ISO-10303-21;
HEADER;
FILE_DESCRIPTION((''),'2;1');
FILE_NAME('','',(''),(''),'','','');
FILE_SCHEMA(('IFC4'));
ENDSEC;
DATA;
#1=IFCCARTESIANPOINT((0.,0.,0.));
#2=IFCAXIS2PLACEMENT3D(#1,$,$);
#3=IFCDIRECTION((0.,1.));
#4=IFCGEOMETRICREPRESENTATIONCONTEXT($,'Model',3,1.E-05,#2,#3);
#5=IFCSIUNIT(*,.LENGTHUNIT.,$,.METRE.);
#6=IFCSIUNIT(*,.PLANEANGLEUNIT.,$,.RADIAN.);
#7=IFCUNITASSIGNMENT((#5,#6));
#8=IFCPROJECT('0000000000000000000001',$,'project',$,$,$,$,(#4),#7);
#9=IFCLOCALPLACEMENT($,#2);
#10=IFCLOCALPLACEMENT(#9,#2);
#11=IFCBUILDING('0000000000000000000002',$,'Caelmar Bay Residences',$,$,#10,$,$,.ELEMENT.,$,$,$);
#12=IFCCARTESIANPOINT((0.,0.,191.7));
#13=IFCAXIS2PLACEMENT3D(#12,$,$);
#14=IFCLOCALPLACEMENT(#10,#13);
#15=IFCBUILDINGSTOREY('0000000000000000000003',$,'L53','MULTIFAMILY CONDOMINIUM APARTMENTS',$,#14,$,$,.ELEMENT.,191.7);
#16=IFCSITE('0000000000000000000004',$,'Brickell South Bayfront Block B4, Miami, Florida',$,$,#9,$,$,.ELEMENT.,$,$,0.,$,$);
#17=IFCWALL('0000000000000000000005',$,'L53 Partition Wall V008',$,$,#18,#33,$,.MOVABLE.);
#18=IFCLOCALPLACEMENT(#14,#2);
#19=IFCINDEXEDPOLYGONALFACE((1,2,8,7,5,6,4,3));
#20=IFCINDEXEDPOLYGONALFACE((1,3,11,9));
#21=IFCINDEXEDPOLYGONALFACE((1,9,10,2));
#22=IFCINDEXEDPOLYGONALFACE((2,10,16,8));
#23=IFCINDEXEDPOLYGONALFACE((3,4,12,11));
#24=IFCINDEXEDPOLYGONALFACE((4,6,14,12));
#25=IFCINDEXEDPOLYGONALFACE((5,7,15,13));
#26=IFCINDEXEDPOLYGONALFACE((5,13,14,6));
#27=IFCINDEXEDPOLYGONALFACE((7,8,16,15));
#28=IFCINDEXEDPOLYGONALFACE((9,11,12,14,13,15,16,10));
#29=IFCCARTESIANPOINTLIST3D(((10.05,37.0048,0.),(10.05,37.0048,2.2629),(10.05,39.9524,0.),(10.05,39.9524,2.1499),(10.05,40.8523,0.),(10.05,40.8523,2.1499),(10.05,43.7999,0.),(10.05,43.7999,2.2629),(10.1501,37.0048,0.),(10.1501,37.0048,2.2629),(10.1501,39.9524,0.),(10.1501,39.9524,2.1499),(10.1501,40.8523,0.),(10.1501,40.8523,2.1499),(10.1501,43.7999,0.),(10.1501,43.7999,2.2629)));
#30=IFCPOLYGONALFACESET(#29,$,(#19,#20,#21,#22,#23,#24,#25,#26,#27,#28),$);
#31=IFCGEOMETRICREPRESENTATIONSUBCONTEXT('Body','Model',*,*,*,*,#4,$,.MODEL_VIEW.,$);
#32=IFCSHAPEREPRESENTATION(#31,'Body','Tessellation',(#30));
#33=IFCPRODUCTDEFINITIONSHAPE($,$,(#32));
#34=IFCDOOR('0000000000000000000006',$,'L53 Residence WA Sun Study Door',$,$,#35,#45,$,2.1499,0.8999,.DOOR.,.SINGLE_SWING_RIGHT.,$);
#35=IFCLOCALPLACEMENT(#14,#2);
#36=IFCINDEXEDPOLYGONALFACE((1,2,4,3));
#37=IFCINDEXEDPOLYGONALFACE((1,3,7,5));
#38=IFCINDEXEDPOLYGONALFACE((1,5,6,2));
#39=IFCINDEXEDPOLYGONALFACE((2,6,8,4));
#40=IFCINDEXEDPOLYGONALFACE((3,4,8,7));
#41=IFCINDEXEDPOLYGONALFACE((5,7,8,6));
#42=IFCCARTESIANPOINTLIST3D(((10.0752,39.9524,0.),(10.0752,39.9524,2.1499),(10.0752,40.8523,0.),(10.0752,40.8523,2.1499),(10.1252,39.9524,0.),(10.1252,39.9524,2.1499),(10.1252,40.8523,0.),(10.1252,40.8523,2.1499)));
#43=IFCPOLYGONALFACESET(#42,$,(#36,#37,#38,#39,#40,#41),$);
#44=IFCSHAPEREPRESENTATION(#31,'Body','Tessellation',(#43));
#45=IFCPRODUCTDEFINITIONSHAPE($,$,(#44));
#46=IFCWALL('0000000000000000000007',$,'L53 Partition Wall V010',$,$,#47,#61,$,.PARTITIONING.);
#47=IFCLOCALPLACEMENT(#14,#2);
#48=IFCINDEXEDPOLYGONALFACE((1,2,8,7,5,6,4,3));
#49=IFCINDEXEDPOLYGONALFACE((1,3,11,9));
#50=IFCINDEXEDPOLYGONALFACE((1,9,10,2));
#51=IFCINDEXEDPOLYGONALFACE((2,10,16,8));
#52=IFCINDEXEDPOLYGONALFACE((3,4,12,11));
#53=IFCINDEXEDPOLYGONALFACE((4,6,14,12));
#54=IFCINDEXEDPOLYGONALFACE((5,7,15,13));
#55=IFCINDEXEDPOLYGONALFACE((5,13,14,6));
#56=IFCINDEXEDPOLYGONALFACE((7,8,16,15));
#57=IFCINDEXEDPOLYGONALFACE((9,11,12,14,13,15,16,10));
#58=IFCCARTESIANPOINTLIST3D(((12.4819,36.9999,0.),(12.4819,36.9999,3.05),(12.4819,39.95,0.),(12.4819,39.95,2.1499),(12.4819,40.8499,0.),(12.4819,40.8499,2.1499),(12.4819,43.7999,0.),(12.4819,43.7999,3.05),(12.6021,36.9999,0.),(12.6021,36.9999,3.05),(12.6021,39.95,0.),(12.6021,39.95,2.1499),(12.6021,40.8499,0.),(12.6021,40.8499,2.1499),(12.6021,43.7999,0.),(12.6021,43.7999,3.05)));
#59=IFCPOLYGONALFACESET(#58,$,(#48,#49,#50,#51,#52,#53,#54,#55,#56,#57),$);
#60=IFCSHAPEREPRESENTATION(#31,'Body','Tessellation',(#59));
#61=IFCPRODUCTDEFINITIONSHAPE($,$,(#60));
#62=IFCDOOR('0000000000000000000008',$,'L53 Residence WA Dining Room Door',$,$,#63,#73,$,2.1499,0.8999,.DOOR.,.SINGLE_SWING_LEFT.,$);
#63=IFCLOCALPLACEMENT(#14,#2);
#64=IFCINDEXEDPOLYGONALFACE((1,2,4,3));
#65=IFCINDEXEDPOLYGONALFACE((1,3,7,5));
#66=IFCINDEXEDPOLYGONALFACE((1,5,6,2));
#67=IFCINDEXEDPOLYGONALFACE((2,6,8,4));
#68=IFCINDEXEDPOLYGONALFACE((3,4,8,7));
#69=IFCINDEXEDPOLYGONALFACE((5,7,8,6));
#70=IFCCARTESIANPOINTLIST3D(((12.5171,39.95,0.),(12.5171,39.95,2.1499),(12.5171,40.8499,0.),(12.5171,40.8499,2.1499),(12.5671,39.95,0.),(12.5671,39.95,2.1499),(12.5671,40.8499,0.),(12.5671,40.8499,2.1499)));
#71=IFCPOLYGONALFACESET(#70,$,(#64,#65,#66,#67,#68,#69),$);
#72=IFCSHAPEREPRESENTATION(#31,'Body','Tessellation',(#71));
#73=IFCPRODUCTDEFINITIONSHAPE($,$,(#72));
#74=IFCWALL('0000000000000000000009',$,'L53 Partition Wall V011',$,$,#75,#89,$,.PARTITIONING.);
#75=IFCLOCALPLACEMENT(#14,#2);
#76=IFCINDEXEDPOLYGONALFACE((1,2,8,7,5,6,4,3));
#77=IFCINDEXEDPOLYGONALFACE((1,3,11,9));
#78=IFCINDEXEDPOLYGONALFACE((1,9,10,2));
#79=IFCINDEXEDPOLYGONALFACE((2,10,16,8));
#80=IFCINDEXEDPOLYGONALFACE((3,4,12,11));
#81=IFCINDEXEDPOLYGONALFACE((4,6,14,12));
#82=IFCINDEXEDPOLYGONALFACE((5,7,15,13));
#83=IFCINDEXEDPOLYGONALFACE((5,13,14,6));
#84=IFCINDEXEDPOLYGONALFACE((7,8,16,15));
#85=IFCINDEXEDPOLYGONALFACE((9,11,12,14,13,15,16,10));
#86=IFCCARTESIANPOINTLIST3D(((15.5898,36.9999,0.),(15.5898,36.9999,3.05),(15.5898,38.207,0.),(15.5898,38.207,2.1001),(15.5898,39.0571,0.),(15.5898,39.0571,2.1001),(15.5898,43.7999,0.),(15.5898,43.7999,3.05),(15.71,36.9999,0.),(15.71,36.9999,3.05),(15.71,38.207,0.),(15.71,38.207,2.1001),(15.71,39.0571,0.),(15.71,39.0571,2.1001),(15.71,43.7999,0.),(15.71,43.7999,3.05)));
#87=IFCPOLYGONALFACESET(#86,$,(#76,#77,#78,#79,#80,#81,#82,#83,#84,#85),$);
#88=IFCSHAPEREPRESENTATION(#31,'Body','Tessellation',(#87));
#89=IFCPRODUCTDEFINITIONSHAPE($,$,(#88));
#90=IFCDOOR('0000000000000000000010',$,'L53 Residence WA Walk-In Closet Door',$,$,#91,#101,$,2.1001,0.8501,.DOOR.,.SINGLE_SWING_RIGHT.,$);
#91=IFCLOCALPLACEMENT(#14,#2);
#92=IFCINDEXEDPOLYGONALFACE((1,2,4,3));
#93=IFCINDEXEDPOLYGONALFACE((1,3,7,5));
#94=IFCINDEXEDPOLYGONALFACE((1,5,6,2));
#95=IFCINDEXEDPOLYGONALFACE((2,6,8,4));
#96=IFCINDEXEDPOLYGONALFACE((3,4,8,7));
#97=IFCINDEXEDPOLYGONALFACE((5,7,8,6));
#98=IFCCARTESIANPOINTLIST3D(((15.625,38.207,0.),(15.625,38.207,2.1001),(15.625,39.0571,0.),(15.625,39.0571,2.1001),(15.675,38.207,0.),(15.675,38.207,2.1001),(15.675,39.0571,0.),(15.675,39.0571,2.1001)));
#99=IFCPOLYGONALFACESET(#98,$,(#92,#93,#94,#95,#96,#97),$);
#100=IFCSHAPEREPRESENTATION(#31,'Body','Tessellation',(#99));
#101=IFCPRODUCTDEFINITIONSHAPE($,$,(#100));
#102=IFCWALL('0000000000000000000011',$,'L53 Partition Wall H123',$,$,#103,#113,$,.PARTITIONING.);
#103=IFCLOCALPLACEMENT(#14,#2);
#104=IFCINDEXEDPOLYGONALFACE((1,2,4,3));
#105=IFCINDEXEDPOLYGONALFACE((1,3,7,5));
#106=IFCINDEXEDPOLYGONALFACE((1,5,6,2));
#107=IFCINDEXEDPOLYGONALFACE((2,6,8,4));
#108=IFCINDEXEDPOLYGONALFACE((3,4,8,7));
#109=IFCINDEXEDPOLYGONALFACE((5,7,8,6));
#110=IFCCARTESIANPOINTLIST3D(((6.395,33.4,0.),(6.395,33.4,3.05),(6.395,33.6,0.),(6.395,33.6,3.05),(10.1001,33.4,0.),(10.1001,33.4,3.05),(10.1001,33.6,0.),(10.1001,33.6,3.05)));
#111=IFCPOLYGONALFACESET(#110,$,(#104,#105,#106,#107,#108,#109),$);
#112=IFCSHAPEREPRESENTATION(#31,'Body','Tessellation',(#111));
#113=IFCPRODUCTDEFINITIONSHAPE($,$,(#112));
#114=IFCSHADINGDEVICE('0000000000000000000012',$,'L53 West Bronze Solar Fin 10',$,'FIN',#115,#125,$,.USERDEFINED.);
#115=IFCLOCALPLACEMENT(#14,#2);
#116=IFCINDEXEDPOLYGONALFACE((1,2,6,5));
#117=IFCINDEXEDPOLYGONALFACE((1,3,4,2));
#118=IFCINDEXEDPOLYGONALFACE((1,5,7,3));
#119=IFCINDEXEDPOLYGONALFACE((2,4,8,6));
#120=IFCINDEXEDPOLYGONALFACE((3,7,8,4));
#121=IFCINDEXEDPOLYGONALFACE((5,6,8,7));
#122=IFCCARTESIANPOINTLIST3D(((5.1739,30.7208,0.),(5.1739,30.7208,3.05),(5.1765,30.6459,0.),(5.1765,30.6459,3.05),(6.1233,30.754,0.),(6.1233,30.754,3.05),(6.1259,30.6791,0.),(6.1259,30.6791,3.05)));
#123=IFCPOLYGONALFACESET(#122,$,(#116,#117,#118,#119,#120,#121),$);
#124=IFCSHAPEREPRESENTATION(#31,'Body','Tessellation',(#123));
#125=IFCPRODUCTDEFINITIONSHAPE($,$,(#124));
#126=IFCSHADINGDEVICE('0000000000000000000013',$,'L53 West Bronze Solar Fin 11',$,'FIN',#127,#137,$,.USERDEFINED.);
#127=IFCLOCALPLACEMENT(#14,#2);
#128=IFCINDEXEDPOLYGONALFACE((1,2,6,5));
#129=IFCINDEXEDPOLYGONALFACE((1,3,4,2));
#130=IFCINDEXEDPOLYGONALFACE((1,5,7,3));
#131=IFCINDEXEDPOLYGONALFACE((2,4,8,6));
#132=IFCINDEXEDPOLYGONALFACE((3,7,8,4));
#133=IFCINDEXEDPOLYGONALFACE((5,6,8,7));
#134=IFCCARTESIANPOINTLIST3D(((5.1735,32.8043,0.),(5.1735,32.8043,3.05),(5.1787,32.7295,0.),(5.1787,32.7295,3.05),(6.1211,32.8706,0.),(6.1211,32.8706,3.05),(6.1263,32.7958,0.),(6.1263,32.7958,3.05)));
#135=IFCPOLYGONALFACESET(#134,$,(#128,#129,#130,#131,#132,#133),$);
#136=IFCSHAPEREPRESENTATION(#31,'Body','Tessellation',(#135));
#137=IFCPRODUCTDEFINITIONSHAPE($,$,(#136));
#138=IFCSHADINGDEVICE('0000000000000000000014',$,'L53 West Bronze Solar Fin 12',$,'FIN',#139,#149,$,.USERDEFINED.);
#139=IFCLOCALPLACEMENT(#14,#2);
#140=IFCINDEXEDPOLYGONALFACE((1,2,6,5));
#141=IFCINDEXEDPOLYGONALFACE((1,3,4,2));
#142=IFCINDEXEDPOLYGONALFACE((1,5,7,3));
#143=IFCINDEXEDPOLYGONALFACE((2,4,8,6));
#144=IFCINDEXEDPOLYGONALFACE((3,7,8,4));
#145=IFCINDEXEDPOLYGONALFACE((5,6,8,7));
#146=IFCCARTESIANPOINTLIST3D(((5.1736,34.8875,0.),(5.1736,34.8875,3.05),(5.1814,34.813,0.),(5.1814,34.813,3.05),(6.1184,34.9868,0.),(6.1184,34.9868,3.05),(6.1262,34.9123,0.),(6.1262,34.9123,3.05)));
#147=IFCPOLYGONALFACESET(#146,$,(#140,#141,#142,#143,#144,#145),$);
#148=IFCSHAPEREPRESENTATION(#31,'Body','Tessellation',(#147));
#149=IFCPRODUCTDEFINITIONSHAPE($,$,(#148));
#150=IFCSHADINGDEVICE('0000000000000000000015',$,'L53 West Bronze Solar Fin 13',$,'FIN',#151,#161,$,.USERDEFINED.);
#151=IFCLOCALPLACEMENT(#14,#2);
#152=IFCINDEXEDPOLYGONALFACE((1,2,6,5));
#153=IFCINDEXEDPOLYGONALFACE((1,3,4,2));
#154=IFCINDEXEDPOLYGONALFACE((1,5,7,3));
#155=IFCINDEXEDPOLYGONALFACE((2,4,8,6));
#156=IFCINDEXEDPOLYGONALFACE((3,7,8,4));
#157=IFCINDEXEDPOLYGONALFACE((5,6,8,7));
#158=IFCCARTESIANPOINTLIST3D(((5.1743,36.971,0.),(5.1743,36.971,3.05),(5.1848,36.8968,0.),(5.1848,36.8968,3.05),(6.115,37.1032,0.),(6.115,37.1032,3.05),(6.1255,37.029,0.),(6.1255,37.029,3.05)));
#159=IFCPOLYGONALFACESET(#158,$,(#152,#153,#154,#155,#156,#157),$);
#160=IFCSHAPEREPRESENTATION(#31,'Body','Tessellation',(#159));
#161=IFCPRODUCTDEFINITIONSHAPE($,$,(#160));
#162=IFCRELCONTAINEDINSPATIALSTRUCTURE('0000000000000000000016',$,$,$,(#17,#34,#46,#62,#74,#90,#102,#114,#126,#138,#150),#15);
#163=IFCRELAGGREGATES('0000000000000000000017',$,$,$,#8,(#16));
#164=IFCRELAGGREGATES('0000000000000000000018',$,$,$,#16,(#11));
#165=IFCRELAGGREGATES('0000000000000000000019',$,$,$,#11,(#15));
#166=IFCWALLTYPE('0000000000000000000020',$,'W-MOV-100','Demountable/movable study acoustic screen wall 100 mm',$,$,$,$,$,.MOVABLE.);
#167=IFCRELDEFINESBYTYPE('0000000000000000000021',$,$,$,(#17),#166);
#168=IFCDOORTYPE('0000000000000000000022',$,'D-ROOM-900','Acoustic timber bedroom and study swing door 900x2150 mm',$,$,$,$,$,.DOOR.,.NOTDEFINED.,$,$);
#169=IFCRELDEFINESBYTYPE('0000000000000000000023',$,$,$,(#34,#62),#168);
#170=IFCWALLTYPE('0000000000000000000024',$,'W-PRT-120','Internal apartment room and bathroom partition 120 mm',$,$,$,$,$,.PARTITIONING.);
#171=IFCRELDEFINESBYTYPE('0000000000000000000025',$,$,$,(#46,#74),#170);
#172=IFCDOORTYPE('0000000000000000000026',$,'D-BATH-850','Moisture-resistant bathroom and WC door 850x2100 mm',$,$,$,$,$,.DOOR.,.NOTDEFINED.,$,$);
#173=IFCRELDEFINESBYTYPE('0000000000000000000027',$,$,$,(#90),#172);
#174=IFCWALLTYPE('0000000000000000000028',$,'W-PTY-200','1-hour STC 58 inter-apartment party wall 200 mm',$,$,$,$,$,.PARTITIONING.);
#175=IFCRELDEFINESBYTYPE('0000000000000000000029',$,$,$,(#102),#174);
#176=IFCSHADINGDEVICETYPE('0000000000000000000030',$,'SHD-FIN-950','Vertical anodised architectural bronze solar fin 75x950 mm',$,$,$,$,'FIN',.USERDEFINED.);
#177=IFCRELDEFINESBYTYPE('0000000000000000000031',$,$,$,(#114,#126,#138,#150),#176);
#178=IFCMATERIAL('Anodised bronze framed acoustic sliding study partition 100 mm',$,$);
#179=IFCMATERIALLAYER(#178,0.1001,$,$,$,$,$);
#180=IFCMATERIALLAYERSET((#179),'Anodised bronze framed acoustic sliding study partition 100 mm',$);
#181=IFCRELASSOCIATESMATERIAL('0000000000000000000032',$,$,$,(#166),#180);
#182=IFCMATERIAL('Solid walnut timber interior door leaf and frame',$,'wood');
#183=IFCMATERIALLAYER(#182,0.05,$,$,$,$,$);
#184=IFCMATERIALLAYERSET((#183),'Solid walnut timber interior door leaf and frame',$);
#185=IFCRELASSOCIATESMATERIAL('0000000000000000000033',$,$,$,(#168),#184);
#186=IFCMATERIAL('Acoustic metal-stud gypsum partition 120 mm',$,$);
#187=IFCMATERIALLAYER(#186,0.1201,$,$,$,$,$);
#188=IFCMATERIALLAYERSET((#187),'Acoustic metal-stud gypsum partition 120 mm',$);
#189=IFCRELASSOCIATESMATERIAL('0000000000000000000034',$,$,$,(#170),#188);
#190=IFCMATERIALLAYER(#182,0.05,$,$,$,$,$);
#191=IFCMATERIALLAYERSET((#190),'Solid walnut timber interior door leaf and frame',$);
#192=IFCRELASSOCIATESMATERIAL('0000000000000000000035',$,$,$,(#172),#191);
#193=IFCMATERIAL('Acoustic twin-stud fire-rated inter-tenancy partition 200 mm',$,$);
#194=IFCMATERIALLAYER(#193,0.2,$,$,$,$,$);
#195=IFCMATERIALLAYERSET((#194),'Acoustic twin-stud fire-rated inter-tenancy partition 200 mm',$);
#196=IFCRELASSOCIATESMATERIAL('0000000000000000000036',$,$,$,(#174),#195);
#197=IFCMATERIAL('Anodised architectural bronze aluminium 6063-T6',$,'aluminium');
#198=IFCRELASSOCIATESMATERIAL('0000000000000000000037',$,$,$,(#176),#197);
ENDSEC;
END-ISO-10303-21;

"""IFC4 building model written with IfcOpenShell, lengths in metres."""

from ifc_helpers import new_model, si_unit, direction, frame, frame_2d, origin, origin_2d, place, context, subcontext, project, spatial, rectangle, extrude, material, layer, layer_set, material_profile, profile_set, type_object, element, fill, save


model = new_model("IFC4")

# Units and contexts
model_context = context("Model", 3, precision=1e-05, world=origin(), true_north=direction((0.0, 1.0)))
body_context = subcontext(model_context, "Body", "Model", "MODEL_VIEW")
ifc_project = project(units=[si_unit("LENGTHUNIT", "METRE"), si_unit("PLANEANGLEUNIT", "RADIAN")], contexts=[model_context])

# Site, building, storey
site_placement = place(None, origin())
site = spatial("IfcSite", under=ifc_project, at=site_placement, Name="Brickell South Bayfront Block B4, Miami, Florida", CompositionType="ELEMENT", RefElevation=0.0)
building_placement = place(site_placement, origin())
building = spatial("IfcBuilding", under=site, at=building_placement, Name="Caelmar Bay Residences", CompositionType="ELEMENT")
storey_placement = place(building_placement, frame((0.0, 0.0, 191.7)))
storey = spatial("IfcBuildingStorey", under=building, at=storey_placement, Name="L53", Description="MULTIFAMILY CONDOMINIUM APARTMENTS", CompositionType="ELEMENT", Elevation=191.7)

# Walls, openings, doors
ifc_material_1 = material(Name="Anodised bronze framed acoustic sliding study partition 100 mm")
ifc_layer_1 = layer(ifc_material_1, 0.1001)
ifc_layer_set_1 = layer_set([ifc_layer_1], Name="Anodised bronze framed acoustic sliding study partition 100 mm")
wall_type_1 = type_object("IfcWallType", Name="W-MOV-100", Description="Demountable/movable study acoustic screen wall 100 mm", PredefinedType="MOVABLE", material=ifc_layer_set_1)
wall_1_placement = place(storey_placement, frame((10.1001, 37.0049, 0.0), z_axis=(0.0, 0.0, 1.0), x_axis=(0.0, 1.0, 0.0)))
wall_1 = element("IfcWall", 1, at=wall_1_placement, inside=storey, type_object=wall_type_1, Name="L53 Partition Wall V008", PredefinedType="MOVABLE", context=body_context, shape_type="SweptSolid", body=[
    extrude(rectangle(XDim=6.7952, YDim=0.1001, at=frame_2d((3.3975, 0.0))), origin(), (0.0, 0.0, 1.0), 2.2629),
])
opening_1_placement = place(wall_1_placement, frame((2.9475, 0.0, 0.0)))
opening_1 = element("IfcOpeningElement", 2, at=opening_1_placement, cuts=wall_1, PredefinedType="OPENING", context=body_context, shape_type="SweptSolid", body=[
    extrude(rectangle(XDim=0.8999, YDim=2.1499, at=frame_2d((0.45, 1.075))), frame((0.0, 0.0601, 0.0), z_axis=(0.0, -1.0, 0.0), x_axis=(1.0, 0.0, 0.0)), (0.0, 0.0, 1.0), 0.1201),
])
ifc_material_2 = material(Name="Solid walnut timber interior door leaf and frame", Category="wood")
ifc_layer_2 = layer(ifc_material_2, 0.05)
ifc_layer_set_2 = layer_set([ifc_layer_2], Name="Solid walnut timber interior door leaf and frame")
door_type_1 = type_object("IfcDoorType", Name="D-ROOM-900", Description="Acoustic timber bedroom and study swing door 900x2150 mm", OperationType="NOTDEFINED", PredefinedType="DOOR", material=ifc_layer_set_2)
door_1_placement = place(opening_1_placement, origin())
door_1 = element("IfcDoor", 3, at=door_1_placement, inside=storey, type_object=door_type_1, Name="L53 Residence WA Sun Study Door", OperationType="SINGLE_SWING_RIGHT", OverallHeight=2.1499, OverallWidth=0.8999, PredefinedType="DOOR", context=body_context, shape_type="SweptSolid", body=[
    extrude(rectangle(XDim=0.8999, YDim=2.1499, at=frame_2d((0.45, 1.075))), frame((0.0, 0.0249, 0.0), z_axis=(0.0, -1.0, 0.0), x_axis=(1.0, 0.0, 0.0)), (0.0, 0.0, 1.0), 0.05),
])
fill(opening_1, door_1)
ifc_material_3 = material(Name="Acoustic metal-stud gypsum partition 120 mm")
ifc_layer_3 = layer(ifc_material_3, 0.1201)
ifc_layer_set_3 = layer_set([ifc_layer_3], Name="Acoustic metal-stud gypsum partition 120 mm")
wall_type_2 = type_object("IfcWallType", Name="W-PRT-120", Description="Internal apartment room and bathroom partition 120 mm", PredefinedType="PARTITIONING", material=ifc_layer_set_3)
wall_2_placement = place(storey_placement, frame((12.542, 37.0, 0.0), z_axis=(0.0, 0.0, 1.0), x_axis=(0.0, 1.0, 0.0)))
wall_2 = element("IfcWall", 4, at=wall_2_placement, inside=storey, type_object=wall_type_2, Name="L53 Partition Wall V010", PredefinedType="PARTITIONING", context=body_context, shape_type="SweptSolid", body=[
    extrude(rectangle(XDim=6.8, YDim=0.1201, at=frame_2d((3.3999, 0.0))), origin(), (0.0, 0.0, 1.0), 3.05),
])
opening_2_placement = place(wall_2_placement, frame((2.95, 0.0, 0.0)))
opening_2 = element("IfcOpeningElement", 5, at=opening_2_placement, cuts=wall_2, PredefinedType="OPENING", context=body_context, shape_type="SweptSolid", body=[
    extrude(rectangle(XDim=0.8999, YDim=2.1499, at=frame_2d((0.45, 1.075))), frame((0.0, 0.0701, 0.0), z_axis=(0.0, -1.0, 0.0), x_axis=(1.0, 0.0, 0.0)), (0.0, 0.0, 1.0), 0.1401),
])
door_2_placement = place(opening_2_placement, origin())
door_2 = element("IfcDoor", 6, at=door_2_placement, inside=storey, type_object=door_type_1, Name="L53 Residence WA Dining Room Door", OperationType="SINGLE_SWING_LEFT", OverallHeight=2.1499, OverallWidth=0.8999, PredefinedType="DOOR", context=body_context, shape_type="SweptSolid", body=[
    extrude(rectangle(XDim=0.8999, YDim=2.1499, at=frame_2d((0.45, 1.075))), frame((0.0, 0.0249, 0.0), z_axis=(0.0, -1.0, 0.0), x_axis=(1.0, 0.0, 0.0)), (0.0, 0.0, 1.0), 0.05),
])
fill(opening_2, door_2)
wall_3_placement = place(storey_placement, frame((15.6499, 37.0, 0.0), z_axis=(0.0, 0.0, 1.0), x_axis=(0.0, 1.0, 0.0)))
wall_3 = element("IfcWall", 7, at=wall_3_placement, inside=storey, type_object=wall_type_2, Name="L53 Partition Wall V011", PredefinedType="PARTITIONING", context=body_context, shape_type="SweptSolid", body=[
    extrude(rectangle(XDim=6.8, YDim=0.1201, at=frame_2d((3.3999, 0.0))), origin(), (0.0, 0.0, 1.0), 3.05),
])
opening_3_placement = place(wall_3_placement, frame((1.207, 0.0, 0.0)))
opening_3 = element("IfcOpeningElement", 8, at=opening_3_placement, cuts=wall_3, PredefinedType="OPENING", context=body_context, shape_type="SweptSolid", body=[
    extrude(rectangle(XDim=0.8501, YDim=2.1001, at=frame_2d((0.425, 1.05))), frame((0.0, 0.0701, 0.0), z_axis=(0.0, -1.0, 0.0), x_axis=(1.0, 0.0, 0.0)), (0.0, 0.0, 1.0), 0.1401),
])
ifc_layer_4 = layer(ifc_material_2, 0.05)
ifc_layer_set_4 = layer_set([ifc_layer_4], Name="Solid walnut timber interior door leaf and frame")
door_type_2 = type_object("IfcDoorType", Name="D-BATH-850", Description="Moisture-resistant bathroom and WC door 850x2100 mm", OperationType="NOTDEFINED", PredefinedType="DOOR", material=ifc_layer_set_4)
door_3_placement = place(opening_3_placement, origin())
door_3 = element("IfcDoor", 9, at=door_3_placement, inside=storey, type_object=door_type_2, Name="L53 Residence WA Walk-In Closet Door", OperationType="SINGLE_SWING_RIGHT", OverallHeight=2.1001, OverallWidth=0.8501, PredefinedType="DOOR", context=body_context, shape_type="SweptSolid", body=[
    extrude(rectangle(XDim=0.8501, YDim=2.1001, at=frame_2d((0.425, 1.05))), frame((0.0, 0.0249, 0.0), z_axis=(0.0, -1.0, 0.0), x_axis=(1.0, 0.0, 0.0)), (0.0, 0.0, 1.0), 0.05),
])
fill(opening_3, door_3)

# Wall
ifc_material_4 = material(Name="Acoustic twin-stud fire-rated inter-tenancy partition 200 mm")
ifc_layer_5 = layer(ifc_material_4, 0.2)
ifc_layer_set_5 = layer_set([ifc_layer_5], Name="Acoustic twin-stud fire-rated inter-tenancy partition 200 mm")
wall_type_3 = type_object("IfcWallType", Name="W-PTY-200", Description="1-hour STC 58 inter-apartment party wall 200 mm", PredefinedType="PARTITIONING", material=ifc_layer_set_5)
wall_4_placement = place(storey_placement, frame((6.395, 33.5, 0.0), z_axis=(0.0, 0.0, 1.0), x_axis=(1.0, 0.0, 0.0)))
element("IfcWall", 10, at=wall_4_placement, inside=storey, type_object=wall_type_3, Name="L53 Partition Wall H123", PredefinedType="PARTITIONING", context=body_context, shape_type="SweptSolid", body=[
    extrude(rectangle(XDim=3.7051, YDim=0.2, at=frame_2d((1.8525, 0.0))), origin(), (0.0, 0.0, 1.0), 3.05),
])

# Shading devices
ifc_material_5 = material(Name="Anodised architectural bronze aluminium 6063-T6", Category="aluminium")
ifc_material_profile_1 = material_profile(ifc_material_5, rectangle(XDim=0.075, YDim=0.95, at=origin_2d()), Name="BRONZE-FIN-75X950")
ifc_profile_set_1 = profile_set([ifc_material_profile_1], Name="Anodised architectural bronze aluminium 6063-T6")
shading_device_type = type_object("IfcShadingDeviceType", Name="SHD-FIN-950", Description="Vertical anodised architectural bronze solar fin 75x950 mm", ElementType="FIN", PredefinedType="USERDEFINED", material=ifc_profile_set_1)
for number, where, z_axis, x_axis, name in (
    (11, (5.6499, 30.7, 0.0), (0.0, 0.0, 1.0), (-0.034899, 0.999391, 0.0), "L53 West Bronze Solar Fin 10"),
    (12, (5.6499, 32.8, 0.0), (0.0, 0.0, 1.0), (-0.069756, 0.997564, 0.0), "L53 West Bronze Solar Fin 11"),
    (13, (5.6499, 34.8999, 0.0), (0.0, 0.0, 1.0), (-0.104528, 0.994522, 0.0), "L53 West Bronze Solar Fin 12"),
    (14, (5.6499, 37.0, 0.0), (0.0, 0.0, 1.0), (-0.139173, 0.990268, 0.0), "L53 West Bronze Solar Fin 13"),
):
    element("IfcShadingDevice", number, at=place(storey_placement, frame(where, z_axis=z_axis, x_axis=x_axis)), inside=storey, type_object=shading_device_type, Name=name, ObjectType="FIN", PredefinedType="USERDEFINED", context=body_context, shape_type="SweptSolid", body=[
        extrude(rectangle(XDim=0.075, YDim=0.95, at=origin_2d()), origin(), (0.0, 0.0, 1.0), 3.05),
    ])

save(model, "model.ifc")
